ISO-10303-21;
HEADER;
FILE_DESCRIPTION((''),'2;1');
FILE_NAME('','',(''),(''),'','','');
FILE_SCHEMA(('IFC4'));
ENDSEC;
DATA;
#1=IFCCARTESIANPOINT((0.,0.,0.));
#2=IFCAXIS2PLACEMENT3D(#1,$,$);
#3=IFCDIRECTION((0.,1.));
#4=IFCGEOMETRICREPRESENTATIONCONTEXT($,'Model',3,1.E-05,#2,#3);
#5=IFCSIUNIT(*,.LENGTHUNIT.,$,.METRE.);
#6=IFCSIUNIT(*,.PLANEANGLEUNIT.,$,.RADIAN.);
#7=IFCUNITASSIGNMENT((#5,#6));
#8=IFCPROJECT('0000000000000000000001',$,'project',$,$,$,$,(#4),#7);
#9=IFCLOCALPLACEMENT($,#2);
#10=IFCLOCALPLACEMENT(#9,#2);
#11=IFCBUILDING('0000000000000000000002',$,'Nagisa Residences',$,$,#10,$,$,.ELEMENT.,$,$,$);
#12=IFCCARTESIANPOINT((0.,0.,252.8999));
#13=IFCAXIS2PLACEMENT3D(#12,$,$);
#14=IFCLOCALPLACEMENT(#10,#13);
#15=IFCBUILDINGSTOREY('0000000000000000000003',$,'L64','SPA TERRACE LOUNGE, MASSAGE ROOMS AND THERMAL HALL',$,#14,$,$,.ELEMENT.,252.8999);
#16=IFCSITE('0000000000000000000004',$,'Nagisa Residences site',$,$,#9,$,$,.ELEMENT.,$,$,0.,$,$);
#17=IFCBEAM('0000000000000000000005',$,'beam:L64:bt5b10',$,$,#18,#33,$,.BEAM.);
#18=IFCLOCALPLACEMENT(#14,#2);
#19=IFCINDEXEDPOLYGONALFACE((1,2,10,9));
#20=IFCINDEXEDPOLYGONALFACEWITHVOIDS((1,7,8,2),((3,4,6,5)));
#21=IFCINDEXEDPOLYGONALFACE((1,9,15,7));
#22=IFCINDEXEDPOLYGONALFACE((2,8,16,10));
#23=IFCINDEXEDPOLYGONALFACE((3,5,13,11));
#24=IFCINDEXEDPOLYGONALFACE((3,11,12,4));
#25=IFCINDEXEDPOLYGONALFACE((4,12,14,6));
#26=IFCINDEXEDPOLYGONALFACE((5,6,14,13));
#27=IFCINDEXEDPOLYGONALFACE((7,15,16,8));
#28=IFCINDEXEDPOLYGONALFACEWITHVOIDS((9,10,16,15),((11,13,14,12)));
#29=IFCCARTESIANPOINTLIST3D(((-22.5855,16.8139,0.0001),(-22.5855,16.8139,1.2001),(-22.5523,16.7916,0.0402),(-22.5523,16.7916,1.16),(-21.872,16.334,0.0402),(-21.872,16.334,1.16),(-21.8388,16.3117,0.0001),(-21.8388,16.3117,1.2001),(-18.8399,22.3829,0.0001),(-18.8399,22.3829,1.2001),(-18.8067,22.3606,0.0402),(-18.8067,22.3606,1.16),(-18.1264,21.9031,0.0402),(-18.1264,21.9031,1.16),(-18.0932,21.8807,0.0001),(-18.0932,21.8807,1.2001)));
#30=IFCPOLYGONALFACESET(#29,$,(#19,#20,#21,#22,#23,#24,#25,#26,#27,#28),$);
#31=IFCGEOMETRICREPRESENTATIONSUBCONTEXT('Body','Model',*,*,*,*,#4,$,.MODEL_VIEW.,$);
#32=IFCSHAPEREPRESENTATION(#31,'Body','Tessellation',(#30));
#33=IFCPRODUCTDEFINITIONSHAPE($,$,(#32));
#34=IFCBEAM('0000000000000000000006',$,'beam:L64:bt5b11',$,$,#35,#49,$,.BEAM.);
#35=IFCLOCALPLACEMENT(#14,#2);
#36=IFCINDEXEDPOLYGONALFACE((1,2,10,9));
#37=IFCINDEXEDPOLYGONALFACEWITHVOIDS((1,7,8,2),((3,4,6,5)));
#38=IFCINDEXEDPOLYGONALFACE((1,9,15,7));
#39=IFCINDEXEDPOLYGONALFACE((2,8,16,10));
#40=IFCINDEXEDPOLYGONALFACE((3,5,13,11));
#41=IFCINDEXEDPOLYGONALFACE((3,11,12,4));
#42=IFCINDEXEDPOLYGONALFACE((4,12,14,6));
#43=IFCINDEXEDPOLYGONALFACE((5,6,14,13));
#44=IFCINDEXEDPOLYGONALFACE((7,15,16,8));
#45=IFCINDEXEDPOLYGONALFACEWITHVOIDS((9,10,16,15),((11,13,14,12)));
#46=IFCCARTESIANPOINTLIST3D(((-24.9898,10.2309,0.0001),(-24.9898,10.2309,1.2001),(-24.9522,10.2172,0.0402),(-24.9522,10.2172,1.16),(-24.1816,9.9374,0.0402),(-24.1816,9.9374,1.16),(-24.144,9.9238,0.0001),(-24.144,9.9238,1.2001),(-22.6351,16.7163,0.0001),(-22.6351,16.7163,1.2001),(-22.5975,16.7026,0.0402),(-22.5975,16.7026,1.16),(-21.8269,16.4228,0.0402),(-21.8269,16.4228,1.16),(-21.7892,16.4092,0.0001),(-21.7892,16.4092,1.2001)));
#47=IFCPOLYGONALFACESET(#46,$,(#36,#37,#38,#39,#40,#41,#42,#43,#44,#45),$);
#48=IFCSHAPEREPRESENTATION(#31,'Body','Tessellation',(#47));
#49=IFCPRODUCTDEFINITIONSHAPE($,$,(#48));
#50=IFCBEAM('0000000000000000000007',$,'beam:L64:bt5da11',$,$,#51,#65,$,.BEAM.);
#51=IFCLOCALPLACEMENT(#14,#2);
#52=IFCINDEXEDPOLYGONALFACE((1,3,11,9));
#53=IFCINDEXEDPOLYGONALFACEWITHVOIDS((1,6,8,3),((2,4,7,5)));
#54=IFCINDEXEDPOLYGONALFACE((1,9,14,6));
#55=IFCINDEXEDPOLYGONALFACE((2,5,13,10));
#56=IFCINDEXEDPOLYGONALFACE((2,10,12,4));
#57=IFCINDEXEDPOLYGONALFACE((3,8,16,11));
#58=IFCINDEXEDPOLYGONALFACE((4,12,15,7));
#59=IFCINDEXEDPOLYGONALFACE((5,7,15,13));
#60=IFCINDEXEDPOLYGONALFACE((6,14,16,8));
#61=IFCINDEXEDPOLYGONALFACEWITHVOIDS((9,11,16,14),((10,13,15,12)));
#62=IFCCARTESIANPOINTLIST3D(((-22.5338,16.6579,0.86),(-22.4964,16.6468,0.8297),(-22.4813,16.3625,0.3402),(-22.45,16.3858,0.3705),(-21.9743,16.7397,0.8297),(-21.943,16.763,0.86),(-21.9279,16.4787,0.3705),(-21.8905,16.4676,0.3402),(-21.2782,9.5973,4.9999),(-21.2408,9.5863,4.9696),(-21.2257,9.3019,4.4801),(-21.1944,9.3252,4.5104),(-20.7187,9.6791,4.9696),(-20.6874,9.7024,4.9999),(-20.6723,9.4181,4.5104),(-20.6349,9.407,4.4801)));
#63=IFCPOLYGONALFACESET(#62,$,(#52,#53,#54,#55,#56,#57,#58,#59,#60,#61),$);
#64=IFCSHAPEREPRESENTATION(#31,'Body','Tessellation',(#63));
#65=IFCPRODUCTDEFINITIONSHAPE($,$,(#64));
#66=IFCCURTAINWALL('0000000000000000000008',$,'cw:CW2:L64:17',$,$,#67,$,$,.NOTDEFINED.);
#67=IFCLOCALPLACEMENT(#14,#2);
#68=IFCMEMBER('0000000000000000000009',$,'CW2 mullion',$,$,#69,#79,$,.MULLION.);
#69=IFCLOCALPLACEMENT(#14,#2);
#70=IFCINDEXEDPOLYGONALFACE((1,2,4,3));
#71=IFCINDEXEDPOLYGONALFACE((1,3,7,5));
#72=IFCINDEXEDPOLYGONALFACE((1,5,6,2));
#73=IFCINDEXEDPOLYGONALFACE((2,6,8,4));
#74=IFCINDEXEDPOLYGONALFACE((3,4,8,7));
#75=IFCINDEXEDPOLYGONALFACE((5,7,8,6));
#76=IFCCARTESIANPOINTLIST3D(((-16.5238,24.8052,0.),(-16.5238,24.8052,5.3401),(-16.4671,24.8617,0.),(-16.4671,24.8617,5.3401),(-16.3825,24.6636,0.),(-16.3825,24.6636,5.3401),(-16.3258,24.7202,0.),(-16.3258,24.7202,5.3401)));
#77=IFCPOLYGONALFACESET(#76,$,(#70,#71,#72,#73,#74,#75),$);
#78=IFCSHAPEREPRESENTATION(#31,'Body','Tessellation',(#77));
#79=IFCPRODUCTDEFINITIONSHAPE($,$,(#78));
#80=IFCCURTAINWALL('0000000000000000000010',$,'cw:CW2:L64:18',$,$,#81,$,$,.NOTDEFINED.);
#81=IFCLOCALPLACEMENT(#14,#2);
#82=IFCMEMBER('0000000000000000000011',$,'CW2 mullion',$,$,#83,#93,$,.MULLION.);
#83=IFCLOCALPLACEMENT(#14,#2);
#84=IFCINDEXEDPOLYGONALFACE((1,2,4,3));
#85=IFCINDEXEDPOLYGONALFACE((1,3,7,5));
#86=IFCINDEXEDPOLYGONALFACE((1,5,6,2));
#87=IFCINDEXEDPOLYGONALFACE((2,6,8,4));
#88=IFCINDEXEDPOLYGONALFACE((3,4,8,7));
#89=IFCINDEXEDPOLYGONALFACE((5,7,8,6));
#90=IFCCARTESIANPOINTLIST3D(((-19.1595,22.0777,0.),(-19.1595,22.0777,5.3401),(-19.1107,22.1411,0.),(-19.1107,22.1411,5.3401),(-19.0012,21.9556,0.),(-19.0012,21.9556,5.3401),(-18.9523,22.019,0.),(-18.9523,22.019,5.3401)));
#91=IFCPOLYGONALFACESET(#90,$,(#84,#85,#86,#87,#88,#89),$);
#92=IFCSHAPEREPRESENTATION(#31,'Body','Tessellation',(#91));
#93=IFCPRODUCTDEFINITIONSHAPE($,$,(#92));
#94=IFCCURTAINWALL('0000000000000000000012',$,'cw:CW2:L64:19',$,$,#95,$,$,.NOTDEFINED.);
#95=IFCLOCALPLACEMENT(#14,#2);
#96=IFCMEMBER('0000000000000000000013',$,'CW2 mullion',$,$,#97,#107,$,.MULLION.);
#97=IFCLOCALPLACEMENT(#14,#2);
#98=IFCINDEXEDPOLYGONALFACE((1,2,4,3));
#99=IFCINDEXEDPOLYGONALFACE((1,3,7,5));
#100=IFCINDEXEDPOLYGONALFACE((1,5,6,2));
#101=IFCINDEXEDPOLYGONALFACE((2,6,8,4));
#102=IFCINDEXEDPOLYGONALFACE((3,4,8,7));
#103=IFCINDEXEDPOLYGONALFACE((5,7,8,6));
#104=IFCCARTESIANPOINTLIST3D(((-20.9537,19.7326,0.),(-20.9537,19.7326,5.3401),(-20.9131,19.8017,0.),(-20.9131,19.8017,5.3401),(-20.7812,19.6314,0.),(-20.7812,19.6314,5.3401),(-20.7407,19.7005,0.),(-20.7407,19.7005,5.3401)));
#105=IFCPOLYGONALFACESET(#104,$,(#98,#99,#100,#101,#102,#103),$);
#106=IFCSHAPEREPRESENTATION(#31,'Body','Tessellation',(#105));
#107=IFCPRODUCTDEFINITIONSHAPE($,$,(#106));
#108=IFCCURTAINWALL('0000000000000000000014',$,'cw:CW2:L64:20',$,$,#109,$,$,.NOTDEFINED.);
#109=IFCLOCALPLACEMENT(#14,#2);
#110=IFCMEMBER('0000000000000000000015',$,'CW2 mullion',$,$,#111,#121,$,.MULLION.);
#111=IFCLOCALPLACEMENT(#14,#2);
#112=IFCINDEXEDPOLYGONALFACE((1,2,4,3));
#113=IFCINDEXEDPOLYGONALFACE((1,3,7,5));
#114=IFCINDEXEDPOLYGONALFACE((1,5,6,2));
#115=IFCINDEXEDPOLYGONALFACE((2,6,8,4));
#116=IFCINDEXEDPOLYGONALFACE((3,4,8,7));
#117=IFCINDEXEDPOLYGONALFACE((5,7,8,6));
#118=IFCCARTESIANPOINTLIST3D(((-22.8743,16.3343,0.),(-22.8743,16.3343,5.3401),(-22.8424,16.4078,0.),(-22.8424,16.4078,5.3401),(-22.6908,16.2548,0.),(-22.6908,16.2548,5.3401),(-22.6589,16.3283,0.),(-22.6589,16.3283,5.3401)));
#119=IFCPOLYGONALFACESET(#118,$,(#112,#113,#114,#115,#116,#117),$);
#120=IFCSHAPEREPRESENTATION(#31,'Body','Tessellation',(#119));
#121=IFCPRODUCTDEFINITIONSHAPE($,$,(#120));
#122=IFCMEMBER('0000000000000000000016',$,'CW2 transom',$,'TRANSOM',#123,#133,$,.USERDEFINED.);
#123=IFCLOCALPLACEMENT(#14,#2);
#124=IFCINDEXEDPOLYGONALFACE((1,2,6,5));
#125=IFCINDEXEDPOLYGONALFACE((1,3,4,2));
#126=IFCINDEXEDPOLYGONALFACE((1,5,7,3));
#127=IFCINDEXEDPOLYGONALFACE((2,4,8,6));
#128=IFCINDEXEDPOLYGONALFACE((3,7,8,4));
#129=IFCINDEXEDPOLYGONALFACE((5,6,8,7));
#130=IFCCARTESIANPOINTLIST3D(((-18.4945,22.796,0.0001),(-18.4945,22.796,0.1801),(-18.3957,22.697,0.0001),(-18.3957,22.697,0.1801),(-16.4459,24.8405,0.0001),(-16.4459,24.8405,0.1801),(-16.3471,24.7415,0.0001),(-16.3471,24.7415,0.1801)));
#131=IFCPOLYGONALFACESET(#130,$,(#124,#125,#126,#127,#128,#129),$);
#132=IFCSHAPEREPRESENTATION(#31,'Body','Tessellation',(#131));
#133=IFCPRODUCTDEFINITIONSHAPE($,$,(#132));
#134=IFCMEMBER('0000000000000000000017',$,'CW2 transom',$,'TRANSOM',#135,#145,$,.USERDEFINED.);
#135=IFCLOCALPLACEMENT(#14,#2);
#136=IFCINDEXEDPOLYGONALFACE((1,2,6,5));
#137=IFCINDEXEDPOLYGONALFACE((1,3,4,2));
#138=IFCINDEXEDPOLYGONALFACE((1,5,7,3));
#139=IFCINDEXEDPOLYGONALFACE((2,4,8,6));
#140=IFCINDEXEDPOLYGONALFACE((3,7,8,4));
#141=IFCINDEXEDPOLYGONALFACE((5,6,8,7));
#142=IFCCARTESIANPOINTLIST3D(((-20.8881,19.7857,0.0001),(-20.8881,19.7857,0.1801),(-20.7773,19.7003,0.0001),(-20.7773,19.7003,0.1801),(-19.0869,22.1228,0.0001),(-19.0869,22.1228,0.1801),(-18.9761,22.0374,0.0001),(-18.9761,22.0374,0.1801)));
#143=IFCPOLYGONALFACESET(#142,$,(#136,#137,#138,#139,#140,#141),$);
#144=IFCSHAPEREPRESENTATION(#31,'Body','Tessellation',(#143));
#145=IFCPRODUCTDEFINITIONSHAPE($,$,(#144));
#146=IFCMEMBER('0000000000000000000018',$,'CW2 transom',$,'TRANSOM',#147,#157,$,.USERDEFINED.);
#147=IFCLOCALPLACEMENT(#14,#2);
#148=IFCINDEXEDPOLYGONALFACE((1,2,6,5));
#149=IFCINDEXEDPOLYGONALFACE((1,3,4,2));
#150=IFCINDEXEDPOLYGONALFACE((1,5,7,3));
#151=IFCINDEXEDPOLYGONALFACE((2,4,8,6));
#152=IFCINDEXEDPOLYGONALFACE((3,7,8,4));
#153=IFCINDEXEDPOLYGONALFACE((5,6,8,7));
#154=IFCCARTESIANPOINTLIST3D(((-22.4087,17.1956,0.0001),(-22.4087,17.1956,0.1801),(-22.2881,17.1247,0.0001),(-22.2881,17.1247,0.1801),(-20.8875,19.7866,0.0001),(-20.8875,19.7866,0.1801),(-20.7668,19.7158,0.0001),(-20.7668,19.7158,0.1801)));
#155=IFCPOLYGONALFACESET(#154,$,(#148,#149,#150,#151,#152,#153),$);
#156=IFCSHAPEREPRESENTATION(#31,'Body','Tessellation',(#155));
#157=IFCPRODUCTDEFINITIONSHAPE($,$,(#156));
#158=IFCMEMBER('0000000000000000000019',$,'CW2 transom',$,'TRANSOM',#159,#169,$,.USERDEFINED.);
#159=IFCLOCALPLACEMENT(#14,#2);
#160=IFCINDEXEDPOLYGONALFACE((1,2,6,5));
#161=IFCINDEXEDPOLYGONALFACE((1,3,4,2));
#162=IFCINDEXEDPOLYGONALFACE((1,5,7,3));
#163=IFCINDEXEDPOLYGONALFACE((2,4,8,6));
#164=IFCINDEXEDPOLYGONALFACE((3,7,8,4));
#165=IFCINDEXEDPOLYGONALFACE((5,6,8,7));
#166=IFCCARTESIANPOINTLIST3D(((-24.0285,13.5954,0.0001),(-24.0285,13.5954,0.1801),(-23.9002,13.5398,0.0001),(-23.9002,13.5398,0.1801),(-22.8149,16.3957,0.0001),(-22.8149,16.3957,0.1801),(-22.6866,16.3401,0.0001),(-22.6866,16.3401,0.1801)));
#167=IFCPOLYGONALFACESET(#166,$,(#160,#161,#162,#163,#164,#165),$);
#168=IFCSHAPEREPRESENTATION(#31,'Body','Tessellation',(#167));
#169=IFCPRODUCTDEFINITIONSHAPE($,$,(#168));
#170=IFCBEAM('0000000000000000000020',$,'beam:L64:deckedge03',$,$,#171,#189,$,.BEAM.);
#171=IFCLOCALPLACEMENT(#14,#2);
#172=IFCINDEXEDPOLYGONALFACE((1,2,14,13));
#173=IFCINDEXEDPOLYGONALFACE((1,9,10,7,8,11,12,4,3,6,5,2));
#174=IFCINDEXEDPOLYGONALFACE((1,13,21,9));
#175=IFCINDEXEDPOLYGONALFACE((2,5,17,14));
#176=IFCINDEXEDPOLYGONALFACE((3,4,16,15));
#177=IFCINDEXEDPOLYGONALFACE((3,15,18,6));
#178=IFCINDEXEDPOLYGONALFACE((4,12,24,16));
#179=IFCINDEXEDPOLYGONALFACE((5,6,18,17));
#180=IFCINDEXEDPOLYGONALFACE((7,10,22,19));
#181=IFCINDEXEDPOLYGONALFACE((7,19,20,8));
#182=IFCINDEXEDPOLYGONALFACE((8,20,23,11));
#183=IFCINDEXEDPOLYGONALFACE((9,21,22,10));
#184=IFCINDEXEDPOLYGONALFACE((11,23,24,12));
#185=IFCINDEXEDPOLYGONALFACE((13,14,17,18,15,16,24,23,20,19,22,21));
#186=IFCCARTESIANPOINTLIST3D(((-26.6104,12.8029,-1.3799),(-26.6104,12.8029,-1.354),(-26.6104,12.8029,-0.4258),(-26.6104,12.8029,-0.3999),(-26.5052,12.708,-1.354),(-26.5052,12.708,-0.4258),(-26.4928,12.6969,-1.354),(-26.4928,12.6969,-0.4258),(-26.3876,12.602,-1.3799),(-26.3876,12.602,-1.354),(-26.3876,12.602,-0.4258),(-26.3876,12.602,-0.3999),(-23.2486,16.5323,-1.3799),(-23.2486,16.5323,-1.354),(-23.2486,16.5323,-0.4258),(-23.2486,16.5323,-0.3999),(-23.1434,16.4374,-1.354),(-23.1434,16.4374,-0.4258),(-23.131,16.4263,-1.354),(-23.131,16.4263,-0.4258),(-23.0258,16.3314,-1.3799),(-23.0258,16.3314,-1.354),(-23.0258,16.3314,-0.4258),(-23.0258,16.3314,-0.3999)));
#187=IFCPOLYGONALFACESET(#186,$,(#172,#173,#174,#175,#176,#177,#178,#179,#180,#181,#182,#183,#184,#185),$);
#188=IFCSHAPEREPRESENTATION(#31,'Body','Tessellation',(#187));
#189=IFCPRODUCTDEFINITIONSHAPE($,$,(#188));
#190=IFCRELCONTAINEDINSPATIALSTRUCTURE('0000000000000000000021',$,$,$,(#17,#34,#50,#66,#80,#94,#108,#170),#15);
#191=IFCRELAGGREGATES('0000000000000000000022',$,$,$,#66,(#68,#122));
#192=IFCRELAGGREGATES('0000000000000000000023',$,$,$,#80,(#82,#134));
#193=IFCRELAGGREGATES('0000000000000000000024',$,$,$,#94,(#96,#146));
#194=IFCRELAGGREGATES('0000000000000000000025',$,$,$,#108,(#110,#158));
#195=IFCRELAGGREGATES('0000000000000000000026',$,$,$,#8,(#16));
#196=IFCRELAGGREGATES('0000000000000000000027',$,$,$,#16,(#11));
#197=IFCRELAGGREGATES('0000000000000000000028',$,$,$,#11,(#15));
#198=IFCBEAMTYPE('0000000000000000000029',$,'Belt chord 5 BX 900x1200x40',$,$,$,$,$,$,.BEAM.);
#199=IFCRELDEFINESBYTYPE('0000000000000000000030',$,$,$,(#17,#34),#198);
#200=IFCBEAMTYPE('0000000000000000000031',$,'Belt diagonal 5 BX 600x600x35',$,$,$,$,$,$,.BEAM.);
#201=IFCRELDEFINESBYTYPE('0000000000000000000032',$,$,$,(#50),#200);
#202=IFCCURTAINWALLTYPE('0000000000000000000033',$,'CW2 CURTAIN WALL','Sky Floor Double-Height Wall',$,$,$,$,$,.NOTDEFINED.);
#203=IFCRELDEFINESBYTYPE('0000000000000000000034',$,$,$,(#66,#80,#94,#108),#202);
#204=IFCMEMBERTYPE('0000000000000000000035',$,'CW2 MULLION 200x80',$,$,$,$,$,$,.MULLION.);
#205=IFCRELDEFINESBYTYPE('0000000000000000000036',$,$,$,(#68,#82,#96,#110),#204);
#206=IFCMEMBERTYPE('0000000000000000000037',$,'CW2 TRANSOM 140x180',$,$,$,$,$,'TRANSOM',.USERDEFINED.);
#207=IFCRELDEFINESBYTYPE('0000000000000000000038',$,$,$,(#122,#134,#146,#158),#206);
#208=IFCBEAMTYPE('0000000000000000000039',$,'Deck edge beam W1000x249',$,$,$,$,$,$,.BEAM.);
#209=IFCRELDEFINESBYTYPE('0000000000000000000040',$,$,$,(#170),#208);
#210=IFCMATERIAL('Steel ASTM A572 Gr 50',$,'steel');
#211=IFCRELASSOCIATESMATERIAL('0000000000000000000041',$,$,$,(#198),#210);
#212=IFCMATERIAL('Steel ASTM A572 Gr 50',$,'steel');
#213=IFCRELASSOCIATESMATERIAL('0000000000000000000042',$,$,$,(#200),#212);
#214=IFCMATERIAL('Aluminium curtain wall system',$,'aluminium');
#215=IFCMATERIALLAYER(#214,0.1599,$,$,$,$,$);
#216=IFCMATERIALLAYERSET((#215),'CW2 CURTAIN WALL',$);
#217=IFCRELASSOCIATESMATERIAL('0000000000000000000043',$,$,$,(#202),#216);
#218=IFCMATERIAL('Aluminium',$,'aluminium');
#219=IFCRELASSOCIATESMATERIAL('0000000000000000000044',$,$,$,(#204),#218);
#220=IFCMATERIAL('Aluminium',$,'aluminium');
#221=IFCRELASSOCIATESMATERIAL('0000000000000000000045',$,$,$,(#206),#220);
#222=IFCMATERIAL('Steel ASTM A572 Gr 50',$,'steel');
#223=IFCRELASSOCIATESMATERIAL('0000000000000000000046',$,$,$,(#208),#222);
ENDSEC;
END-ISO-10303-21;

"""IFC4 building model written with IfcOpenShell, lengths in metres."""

from ifc_helpers import new_model, si_unit, direction, frame, origin, origin_2d, place, context, subcontext, project, spatial, rectangle, hollow_rectangle, i_section, extrude, material, layer, layer_set, material_profile, profile_set, type_object, element, aggregate, save


model = new_model("IFC4")

# Units and contexts
model_context = context("Model", 3, precision=1e-05, world=origin(), true_north=direction((0.0, 1.0)))
body_context = subcontext(model_context, "Body", "Model", "MODEL_VIEW")
ifc_project = project(units=[si_unit("LENGTHUNIT", "METRE"), si_unit("PLANEANGLEUNIT", "RADIAN")], contexts=[model_context])

# Site, building, storey
site_placement = place(None, origin())
site = spatial("IfcSite", under=ifc_project, at=site_placement, Name="Nagisa Residences site", CompositionType="ELEMENT", RefElevation=0.0)
building_placement = place(site_placement, origin())
building = spatial("IfcBuilding", under=site, at=building_placement, Name="Nagisa Residences", CompositionType="ELEMENT")
storey_placement = place(building_placement, frame((0.0, 0.0, 252.8999)))
storey = spatial("IfcBuildingStorey", under=building, at=storey_placement, Name="L64", Description="SPA TERRACE LOUNGE, MASSAGE ROOMS AND THERMAL HALL", CompositionType="ELEMENT", Elevation=252.8999)

# Beams
ifc_material_1 = material(Name="Steel ASTM A572 Gr 50", Category="steel")
ifc_material_profile_1 = material_profile(ifc_material_1, hollow_rectangle(XDim=0.8999, YDim=1.2, WallThickness=0.04, at=origin_2d()), Name="BX 900x1200x40")
ifc_profile_set_1 = profile_set([ifc_material_profile_1], Name="Steel ASTM A572 Gr 50")
beam_type_1 = type_object("IfcBeamType", Name="Belt chord 5 BX 900x1200x40", PredefinedType="BEAM", material=ifc_profile_set_1)
beam_1_placement = place(storey_placement, frame((-18.4666, 22.1318, 0.6001), z_axis=(-0.558087, -0.829782, 0.0), x_axis=(0.829782, -0.558087, 0.0)))
element("IfcBeam", 1, at=beam_1_placement, inside=storey, type_object=beam_type_1, Name="beam:L64:bt5b10", PredefinedType="BEAM", context=body_context, shape_type="SweptSolid", body=[
    extrude(hollow_rectangle(XDim=0.8999, YDim=1.2, WallThickness=0.04, at=origin_2d()), origin(), (0.0, 0.0, 1.0), 6.7114),
])
beam_2_placement = place(storey_placement, frame((-22.2122, 16.5627, 0.6001), z_axis=(-0.341286, -0.93996, 0.0), x_axis=(0.93996, -0.341286, 0.0)))
element("IfcBeam", 2, at=beam_2_placement, inside=storey, type_object=beam_type_1, Name="beam:L64:bt5b11", PredefinedType="BEAM", context=body_context, shape_type="SweptSolid", body=[
    extrude(hollow_rectangle(XDim=0.8999, YDim=1.2, WallThickness=0.04, at=origin_2d()), origin(), (0.0, 0.0, 1.0), 6.8997),
])
ifc_material_2 = material(Name="Steel ASTM A572 Gr 50", Category="steel")
ifc_material_profile_2 = material_profile(ifc_material_2, hollow_rectangle(XDim=0.6001, YDim=0.6001, WallThickness=0.0349, at=origin_2d()), Name="BX 600x600x35")
ifc_profile_set_2 = profile_set([ifc_material_profile_2], Name="Steel ASTM A572 Gr 50")
beam_type_2 = type_object("IfcBeamType", Name="Belt diagonal 5 BX 600x600x35", PredefinedType="BEAM", material=ifc_profile_set_2)
beam_3_placement = place(storey_placement, frame((-22.2122, 16.5627, 0.6001), z_axis=(0.151635, -0.852672, 0.499957), x_axis=(0.984553, 0.175088, 0.0)))
element("IfcBeam", 3, at=beam_3_placement, inside=storey, type_object=beam_type_2, Name="beam:L64:bt5da11", PredefinedType="BEAM", context=body_context, shape_type="SweptSolid", body=[
    extrude(hollow_rectangle(XDim=0.6001, YDim=0.6001, WallThickness=0.0349, at=origin_2d()), origin(), (0.0, 0.0, 1.0), 8.2805),
])

# Curtain walls, members
ifc_material_3 = material(Name="Aluminium curtain wall system", Category="aluminium")
ifc_layer_1 = layer(ifc_material_3, 0.1599)
ifc_layer_set_1 = layer_set([ifc_layer_1], Name="CW2 CURTAIN WALL")
curtain_wall_type = type_object("IfcCurtainWallType", Name="CW2 CURTAIN WALL", Description="Sky Floor Double-Height Wall", PredefinedType="NOTDEFINED", material=ifc_layer_set_1)
curtain_wall_1_placement = place(storey_placement, origin())
curtain_wall_1 = element("IfcCurtainWall", 4, at=curtain_wall_1_placement, inside=storey, type_object=curtain_wall_type, Name="cw:CW2:L64:17", PredefinedType="NOTDEFINED")
ifc_material_4 = material(Name="Aluminium", Category="aluminium")
ifc_material_profile_3 = material_profile(ifc_material_4, rectangle(XDim=0.2, YDim=0.0801, at=origin_2d()), Name="CW2 MULLION 200x80")
ifc_profile_set_3 = profile_set([ifc_material_profile_3], Name="Aluminium")
member_type_1 = type_object("IfcMemberType", Name="CW2 MULLION 200x80", PredefinedType="MULLION", material=ifc_profile_set_3)
member_1_placement = place(storey_placement, frame((-16.4248, 24.7627, 0.0), z_axis=(0.0, 0.0, 1.0), x_axis=(0.706377, -0.707836, 0.0)))
member_1 = element("IfcMember", 5, at=member_1_placement, type_object=member_type_1, Name="CW2 mullion", PredefinedType="MULLION", context=body_context, shape_type="SweptSolid", body=[
    extrude(rectangle(XDim=0.2, YDim=0.0801, at=origin_2d()), origin(), (0.0, 0.0, 1.0), 5.3401),
])
curtain_wall_2_placement = place(storey_placement, origin())
curtain_wall_2 = element("IfcCurtainWall", 6, at=curtain_wall_2_placement, inside=storey, type_object=curtain_wall_type, Name="cw:CW2:L64:18", PredefinedType="NOTDEFINED")
member_2_placement = place(storey_placement, frame((-19.0559, 22.0483, 0.0), z_axis=(0.0, 0.0, 1.0), x_axis=(0.79207, -0.61043, 0.0)))
member_2 = element("IfcMember", 7, at=member_2_placement, type_object=member_type_1, Name="CW2 mullion", PredefinedType="MULLION", context=body_context, shape_type="SweptSolid", body=[
    extrude(rectangle(XDim=0.2, YDim=0.0801, at=origin_2d()), origin(), (0.0, 0.0, 1.0), 5.3401),
])
curtain_wall_3_placement = place(storey_placement, origin())
curtain_wall_3 = element("IfcCurtainWall", 8, at=curtain_wall_3_placement, inside=storey, type_object=curtain_wall_type, Name="cw:CW2:L64:19", PredefinedType="NOTDEFINED")
member_3_placement = place(storey_placement, frame((-20.8472, 19.7166, 0.0), z_axis=(0.0, 0.0, 1.0), x_axis=(0.862329, -0.506349, 0.0)))
member_3 = element("IfcMember", 9, at=member_3_placement, type_object=member_type_1, Name="CW2 mullion", PredefinedType="MULLION", context=body_context, shape_type="SweptSolid", body=[
    extrude(rectangle(XDim=0.2, YDim=0.0801, at=origin_2d()), origin(), (0.0, 0.0, 1.0), 5.3401),
])
curtain_wall_4_placement = place(storey_placement, origin())
curtain_wall_4 = element("IfcCurtainWall", 10, at=curtain_wall_4_placement, inside=storey, type_object=curtain_wall_type, Name="cw:CW2:L64:20", PredefinedType="NOTDEFINED")
member_4_placement = place(storey_placement, frame((-22.7666, 16.3313, 0.0), z_axis=(0.0, 0.0, 1.0), x_axis=(0.917543, -0.397636, 0.0)))
member_4 = element("IfcMember", 11, at=member_4_placement, type_object=member_type_1, Name="CW2 mullion", PredefinedType="MULLION", context=body_context, shape_type="SweptSolid", body=[
    extrude(rectangle(XDim=0.2, YDim=0.0801, at=origin_2d()), origin(), (0.0, 0.0, 1.0), 5.3401),
])

# Members
ifc_material_5 = material(Name="Aluminium", Category="aluminium")
ifc_material_profile_4 = material_profile(ifc_material_5, rectangle(XDim=0.1399, YDim=0.1799, at=origin_2d()), Name="CW2 TRANSOM 140x180")
ifc_profile_set_4 = profile_set([ifc_material_profile_4], Name="Aluminium")
member_type_2 = type_object("IfcMemberType", Name="CW2 TRANSOM 140x180", ElementType="TRANSOM", PredefinedType="USERDEFINED", material=ifc_profile_set_4)
member_5_placement = place(storey_placement, frame((-16.3965, 24.791, 0.0901), z_axis=(-0.707823, -0.706389, 0.0), x_axis=(0.706389, -0.707823, 0.0)))
member_5 = element("IfcMember", 12, at=member_5_placement, type_object=member_type_2, Name="CW2 transom", ObjectType="TRANSOM", PredefinedType="USERDEFINED", context=body_context, shape_type="SweptSolid", body=[
    extrude(rectangle(XDim=0.1399, YDim=0.1799, at=origin_2d()), origin(), (0.0, 0.0, 1.0), 2.8943),
])
member_6_placement = place(storey_placement, frame((-19.0315, 22.0801, 0.0901), z_axis=(-0.610446, -0.792058, 0.0), x_axis=(0.792058, -0.610446, 0.0)))
member_6 = element("IfcMember", 13, at=member_6_placement, type_object=member_type_2, Name="CW2 transom", ObjectType="TRANSOM", PredefinedType="USERDEFINED", context=body_context, shape_type="SweptSolid", body=[
    extrude(rectangle(XDim=0.1399, YDim=0.1799, at=origin_2d()), origin(), (0.0, 0.0, 1.0), 2.9507),
])
member_7_placement = place(storey_placement, frame((-20.8271, 19.7512, 0.0901), z_axis=(-0.506299, -0.862358, 0.0), x_axis=(0.862358, -0.506299, 0.0)))
member_7 = element("IfcMember", 14, at=member_7_placement, type_object=member_type_2, Name="CW2 transom", ObjectType="TRANSOM", PredefinedType="USERDEFINED", context=body_context, shape_type="SweptSolid", body=[
    extrude(rectangle(XDim=0.1399, YDim=0.1799, at=origin_2d()), origin(), (0.0, 0.0, 1.0), 3.0046),
])
member_8_placement = place(storey_placement, frame((-22.7507, 16.3679, 0.0901), z_axis=(-0.397652, -0.917536, 0.0), x_axis=(0.917536, -0.397652, 0.0)))
member_8 = element("IfcMember", 15, at=member_8_placement, type_object=member_type_2, Name="CW2 transom", ObjectType="TRANSOM", PredefinedType="USERDEFINED", context=body_context, shape_type="SweptSolid", body=[
    extrude(rectangle(XDim=0.1399, YDim=0.1799, at=origin_2d()), origin(), (0.0, 0.0, 1.0), 3.052),
])

# Beam
ifc_material_6 = material(Name="Steel ASTM A572 Gr 50", Category="steel")
ifc_material_profile_5 = material_profile(ifc_material_6, i_section(OverallWidth=0.3, OverallDepth=0.98, WebThickness=0.0166, FlangeThickness=0.0259, at=origin_2d()), Name="W1000x249")
ifc_profile_set_5 = profile_set([ifc_material_profile_5], Name="Steel ASTM A572 Gr 50")
beam_type_3 = type_object("IfcBeamType", Name="Deck edge beam W1000x249", PredefinedType="BEAM", material=ifc_profile_set_5)
beam_4_placement = place(storey_placement, frame((-23.1372, 16.4319, -0.8899), z_axis=(-0.669545, -0.742772, 0.0), x_axis=(0.742772, -0.669545, 0.0)))
element("IfcBeam", 16, at=beam_4_placement, inside=storey, type_object=beam_type_3, Name="beam:L64:deckedge03", PredefinedType="BEAM", context=body_context, shape_type="SweptSolid", body=[
    extrude(i_section(OverallWidth=0.3, OverallDepth=0.98, WebThickness=0.0166, FlangeThickness=0.0259, at=origin_2d()), origin(), (0.0, 0.0, 1.0), 5.021),
])

aggregate(curtain_wall_1, [member_1, member_5])
aggregate(curtain_wall_2, [member_2, member_6])
aggregate(curtain_wall_3, [member_3, member_7])
aggregate(curtain_wall_4, [member_4, member_8])

save(model, "model.ifc")
